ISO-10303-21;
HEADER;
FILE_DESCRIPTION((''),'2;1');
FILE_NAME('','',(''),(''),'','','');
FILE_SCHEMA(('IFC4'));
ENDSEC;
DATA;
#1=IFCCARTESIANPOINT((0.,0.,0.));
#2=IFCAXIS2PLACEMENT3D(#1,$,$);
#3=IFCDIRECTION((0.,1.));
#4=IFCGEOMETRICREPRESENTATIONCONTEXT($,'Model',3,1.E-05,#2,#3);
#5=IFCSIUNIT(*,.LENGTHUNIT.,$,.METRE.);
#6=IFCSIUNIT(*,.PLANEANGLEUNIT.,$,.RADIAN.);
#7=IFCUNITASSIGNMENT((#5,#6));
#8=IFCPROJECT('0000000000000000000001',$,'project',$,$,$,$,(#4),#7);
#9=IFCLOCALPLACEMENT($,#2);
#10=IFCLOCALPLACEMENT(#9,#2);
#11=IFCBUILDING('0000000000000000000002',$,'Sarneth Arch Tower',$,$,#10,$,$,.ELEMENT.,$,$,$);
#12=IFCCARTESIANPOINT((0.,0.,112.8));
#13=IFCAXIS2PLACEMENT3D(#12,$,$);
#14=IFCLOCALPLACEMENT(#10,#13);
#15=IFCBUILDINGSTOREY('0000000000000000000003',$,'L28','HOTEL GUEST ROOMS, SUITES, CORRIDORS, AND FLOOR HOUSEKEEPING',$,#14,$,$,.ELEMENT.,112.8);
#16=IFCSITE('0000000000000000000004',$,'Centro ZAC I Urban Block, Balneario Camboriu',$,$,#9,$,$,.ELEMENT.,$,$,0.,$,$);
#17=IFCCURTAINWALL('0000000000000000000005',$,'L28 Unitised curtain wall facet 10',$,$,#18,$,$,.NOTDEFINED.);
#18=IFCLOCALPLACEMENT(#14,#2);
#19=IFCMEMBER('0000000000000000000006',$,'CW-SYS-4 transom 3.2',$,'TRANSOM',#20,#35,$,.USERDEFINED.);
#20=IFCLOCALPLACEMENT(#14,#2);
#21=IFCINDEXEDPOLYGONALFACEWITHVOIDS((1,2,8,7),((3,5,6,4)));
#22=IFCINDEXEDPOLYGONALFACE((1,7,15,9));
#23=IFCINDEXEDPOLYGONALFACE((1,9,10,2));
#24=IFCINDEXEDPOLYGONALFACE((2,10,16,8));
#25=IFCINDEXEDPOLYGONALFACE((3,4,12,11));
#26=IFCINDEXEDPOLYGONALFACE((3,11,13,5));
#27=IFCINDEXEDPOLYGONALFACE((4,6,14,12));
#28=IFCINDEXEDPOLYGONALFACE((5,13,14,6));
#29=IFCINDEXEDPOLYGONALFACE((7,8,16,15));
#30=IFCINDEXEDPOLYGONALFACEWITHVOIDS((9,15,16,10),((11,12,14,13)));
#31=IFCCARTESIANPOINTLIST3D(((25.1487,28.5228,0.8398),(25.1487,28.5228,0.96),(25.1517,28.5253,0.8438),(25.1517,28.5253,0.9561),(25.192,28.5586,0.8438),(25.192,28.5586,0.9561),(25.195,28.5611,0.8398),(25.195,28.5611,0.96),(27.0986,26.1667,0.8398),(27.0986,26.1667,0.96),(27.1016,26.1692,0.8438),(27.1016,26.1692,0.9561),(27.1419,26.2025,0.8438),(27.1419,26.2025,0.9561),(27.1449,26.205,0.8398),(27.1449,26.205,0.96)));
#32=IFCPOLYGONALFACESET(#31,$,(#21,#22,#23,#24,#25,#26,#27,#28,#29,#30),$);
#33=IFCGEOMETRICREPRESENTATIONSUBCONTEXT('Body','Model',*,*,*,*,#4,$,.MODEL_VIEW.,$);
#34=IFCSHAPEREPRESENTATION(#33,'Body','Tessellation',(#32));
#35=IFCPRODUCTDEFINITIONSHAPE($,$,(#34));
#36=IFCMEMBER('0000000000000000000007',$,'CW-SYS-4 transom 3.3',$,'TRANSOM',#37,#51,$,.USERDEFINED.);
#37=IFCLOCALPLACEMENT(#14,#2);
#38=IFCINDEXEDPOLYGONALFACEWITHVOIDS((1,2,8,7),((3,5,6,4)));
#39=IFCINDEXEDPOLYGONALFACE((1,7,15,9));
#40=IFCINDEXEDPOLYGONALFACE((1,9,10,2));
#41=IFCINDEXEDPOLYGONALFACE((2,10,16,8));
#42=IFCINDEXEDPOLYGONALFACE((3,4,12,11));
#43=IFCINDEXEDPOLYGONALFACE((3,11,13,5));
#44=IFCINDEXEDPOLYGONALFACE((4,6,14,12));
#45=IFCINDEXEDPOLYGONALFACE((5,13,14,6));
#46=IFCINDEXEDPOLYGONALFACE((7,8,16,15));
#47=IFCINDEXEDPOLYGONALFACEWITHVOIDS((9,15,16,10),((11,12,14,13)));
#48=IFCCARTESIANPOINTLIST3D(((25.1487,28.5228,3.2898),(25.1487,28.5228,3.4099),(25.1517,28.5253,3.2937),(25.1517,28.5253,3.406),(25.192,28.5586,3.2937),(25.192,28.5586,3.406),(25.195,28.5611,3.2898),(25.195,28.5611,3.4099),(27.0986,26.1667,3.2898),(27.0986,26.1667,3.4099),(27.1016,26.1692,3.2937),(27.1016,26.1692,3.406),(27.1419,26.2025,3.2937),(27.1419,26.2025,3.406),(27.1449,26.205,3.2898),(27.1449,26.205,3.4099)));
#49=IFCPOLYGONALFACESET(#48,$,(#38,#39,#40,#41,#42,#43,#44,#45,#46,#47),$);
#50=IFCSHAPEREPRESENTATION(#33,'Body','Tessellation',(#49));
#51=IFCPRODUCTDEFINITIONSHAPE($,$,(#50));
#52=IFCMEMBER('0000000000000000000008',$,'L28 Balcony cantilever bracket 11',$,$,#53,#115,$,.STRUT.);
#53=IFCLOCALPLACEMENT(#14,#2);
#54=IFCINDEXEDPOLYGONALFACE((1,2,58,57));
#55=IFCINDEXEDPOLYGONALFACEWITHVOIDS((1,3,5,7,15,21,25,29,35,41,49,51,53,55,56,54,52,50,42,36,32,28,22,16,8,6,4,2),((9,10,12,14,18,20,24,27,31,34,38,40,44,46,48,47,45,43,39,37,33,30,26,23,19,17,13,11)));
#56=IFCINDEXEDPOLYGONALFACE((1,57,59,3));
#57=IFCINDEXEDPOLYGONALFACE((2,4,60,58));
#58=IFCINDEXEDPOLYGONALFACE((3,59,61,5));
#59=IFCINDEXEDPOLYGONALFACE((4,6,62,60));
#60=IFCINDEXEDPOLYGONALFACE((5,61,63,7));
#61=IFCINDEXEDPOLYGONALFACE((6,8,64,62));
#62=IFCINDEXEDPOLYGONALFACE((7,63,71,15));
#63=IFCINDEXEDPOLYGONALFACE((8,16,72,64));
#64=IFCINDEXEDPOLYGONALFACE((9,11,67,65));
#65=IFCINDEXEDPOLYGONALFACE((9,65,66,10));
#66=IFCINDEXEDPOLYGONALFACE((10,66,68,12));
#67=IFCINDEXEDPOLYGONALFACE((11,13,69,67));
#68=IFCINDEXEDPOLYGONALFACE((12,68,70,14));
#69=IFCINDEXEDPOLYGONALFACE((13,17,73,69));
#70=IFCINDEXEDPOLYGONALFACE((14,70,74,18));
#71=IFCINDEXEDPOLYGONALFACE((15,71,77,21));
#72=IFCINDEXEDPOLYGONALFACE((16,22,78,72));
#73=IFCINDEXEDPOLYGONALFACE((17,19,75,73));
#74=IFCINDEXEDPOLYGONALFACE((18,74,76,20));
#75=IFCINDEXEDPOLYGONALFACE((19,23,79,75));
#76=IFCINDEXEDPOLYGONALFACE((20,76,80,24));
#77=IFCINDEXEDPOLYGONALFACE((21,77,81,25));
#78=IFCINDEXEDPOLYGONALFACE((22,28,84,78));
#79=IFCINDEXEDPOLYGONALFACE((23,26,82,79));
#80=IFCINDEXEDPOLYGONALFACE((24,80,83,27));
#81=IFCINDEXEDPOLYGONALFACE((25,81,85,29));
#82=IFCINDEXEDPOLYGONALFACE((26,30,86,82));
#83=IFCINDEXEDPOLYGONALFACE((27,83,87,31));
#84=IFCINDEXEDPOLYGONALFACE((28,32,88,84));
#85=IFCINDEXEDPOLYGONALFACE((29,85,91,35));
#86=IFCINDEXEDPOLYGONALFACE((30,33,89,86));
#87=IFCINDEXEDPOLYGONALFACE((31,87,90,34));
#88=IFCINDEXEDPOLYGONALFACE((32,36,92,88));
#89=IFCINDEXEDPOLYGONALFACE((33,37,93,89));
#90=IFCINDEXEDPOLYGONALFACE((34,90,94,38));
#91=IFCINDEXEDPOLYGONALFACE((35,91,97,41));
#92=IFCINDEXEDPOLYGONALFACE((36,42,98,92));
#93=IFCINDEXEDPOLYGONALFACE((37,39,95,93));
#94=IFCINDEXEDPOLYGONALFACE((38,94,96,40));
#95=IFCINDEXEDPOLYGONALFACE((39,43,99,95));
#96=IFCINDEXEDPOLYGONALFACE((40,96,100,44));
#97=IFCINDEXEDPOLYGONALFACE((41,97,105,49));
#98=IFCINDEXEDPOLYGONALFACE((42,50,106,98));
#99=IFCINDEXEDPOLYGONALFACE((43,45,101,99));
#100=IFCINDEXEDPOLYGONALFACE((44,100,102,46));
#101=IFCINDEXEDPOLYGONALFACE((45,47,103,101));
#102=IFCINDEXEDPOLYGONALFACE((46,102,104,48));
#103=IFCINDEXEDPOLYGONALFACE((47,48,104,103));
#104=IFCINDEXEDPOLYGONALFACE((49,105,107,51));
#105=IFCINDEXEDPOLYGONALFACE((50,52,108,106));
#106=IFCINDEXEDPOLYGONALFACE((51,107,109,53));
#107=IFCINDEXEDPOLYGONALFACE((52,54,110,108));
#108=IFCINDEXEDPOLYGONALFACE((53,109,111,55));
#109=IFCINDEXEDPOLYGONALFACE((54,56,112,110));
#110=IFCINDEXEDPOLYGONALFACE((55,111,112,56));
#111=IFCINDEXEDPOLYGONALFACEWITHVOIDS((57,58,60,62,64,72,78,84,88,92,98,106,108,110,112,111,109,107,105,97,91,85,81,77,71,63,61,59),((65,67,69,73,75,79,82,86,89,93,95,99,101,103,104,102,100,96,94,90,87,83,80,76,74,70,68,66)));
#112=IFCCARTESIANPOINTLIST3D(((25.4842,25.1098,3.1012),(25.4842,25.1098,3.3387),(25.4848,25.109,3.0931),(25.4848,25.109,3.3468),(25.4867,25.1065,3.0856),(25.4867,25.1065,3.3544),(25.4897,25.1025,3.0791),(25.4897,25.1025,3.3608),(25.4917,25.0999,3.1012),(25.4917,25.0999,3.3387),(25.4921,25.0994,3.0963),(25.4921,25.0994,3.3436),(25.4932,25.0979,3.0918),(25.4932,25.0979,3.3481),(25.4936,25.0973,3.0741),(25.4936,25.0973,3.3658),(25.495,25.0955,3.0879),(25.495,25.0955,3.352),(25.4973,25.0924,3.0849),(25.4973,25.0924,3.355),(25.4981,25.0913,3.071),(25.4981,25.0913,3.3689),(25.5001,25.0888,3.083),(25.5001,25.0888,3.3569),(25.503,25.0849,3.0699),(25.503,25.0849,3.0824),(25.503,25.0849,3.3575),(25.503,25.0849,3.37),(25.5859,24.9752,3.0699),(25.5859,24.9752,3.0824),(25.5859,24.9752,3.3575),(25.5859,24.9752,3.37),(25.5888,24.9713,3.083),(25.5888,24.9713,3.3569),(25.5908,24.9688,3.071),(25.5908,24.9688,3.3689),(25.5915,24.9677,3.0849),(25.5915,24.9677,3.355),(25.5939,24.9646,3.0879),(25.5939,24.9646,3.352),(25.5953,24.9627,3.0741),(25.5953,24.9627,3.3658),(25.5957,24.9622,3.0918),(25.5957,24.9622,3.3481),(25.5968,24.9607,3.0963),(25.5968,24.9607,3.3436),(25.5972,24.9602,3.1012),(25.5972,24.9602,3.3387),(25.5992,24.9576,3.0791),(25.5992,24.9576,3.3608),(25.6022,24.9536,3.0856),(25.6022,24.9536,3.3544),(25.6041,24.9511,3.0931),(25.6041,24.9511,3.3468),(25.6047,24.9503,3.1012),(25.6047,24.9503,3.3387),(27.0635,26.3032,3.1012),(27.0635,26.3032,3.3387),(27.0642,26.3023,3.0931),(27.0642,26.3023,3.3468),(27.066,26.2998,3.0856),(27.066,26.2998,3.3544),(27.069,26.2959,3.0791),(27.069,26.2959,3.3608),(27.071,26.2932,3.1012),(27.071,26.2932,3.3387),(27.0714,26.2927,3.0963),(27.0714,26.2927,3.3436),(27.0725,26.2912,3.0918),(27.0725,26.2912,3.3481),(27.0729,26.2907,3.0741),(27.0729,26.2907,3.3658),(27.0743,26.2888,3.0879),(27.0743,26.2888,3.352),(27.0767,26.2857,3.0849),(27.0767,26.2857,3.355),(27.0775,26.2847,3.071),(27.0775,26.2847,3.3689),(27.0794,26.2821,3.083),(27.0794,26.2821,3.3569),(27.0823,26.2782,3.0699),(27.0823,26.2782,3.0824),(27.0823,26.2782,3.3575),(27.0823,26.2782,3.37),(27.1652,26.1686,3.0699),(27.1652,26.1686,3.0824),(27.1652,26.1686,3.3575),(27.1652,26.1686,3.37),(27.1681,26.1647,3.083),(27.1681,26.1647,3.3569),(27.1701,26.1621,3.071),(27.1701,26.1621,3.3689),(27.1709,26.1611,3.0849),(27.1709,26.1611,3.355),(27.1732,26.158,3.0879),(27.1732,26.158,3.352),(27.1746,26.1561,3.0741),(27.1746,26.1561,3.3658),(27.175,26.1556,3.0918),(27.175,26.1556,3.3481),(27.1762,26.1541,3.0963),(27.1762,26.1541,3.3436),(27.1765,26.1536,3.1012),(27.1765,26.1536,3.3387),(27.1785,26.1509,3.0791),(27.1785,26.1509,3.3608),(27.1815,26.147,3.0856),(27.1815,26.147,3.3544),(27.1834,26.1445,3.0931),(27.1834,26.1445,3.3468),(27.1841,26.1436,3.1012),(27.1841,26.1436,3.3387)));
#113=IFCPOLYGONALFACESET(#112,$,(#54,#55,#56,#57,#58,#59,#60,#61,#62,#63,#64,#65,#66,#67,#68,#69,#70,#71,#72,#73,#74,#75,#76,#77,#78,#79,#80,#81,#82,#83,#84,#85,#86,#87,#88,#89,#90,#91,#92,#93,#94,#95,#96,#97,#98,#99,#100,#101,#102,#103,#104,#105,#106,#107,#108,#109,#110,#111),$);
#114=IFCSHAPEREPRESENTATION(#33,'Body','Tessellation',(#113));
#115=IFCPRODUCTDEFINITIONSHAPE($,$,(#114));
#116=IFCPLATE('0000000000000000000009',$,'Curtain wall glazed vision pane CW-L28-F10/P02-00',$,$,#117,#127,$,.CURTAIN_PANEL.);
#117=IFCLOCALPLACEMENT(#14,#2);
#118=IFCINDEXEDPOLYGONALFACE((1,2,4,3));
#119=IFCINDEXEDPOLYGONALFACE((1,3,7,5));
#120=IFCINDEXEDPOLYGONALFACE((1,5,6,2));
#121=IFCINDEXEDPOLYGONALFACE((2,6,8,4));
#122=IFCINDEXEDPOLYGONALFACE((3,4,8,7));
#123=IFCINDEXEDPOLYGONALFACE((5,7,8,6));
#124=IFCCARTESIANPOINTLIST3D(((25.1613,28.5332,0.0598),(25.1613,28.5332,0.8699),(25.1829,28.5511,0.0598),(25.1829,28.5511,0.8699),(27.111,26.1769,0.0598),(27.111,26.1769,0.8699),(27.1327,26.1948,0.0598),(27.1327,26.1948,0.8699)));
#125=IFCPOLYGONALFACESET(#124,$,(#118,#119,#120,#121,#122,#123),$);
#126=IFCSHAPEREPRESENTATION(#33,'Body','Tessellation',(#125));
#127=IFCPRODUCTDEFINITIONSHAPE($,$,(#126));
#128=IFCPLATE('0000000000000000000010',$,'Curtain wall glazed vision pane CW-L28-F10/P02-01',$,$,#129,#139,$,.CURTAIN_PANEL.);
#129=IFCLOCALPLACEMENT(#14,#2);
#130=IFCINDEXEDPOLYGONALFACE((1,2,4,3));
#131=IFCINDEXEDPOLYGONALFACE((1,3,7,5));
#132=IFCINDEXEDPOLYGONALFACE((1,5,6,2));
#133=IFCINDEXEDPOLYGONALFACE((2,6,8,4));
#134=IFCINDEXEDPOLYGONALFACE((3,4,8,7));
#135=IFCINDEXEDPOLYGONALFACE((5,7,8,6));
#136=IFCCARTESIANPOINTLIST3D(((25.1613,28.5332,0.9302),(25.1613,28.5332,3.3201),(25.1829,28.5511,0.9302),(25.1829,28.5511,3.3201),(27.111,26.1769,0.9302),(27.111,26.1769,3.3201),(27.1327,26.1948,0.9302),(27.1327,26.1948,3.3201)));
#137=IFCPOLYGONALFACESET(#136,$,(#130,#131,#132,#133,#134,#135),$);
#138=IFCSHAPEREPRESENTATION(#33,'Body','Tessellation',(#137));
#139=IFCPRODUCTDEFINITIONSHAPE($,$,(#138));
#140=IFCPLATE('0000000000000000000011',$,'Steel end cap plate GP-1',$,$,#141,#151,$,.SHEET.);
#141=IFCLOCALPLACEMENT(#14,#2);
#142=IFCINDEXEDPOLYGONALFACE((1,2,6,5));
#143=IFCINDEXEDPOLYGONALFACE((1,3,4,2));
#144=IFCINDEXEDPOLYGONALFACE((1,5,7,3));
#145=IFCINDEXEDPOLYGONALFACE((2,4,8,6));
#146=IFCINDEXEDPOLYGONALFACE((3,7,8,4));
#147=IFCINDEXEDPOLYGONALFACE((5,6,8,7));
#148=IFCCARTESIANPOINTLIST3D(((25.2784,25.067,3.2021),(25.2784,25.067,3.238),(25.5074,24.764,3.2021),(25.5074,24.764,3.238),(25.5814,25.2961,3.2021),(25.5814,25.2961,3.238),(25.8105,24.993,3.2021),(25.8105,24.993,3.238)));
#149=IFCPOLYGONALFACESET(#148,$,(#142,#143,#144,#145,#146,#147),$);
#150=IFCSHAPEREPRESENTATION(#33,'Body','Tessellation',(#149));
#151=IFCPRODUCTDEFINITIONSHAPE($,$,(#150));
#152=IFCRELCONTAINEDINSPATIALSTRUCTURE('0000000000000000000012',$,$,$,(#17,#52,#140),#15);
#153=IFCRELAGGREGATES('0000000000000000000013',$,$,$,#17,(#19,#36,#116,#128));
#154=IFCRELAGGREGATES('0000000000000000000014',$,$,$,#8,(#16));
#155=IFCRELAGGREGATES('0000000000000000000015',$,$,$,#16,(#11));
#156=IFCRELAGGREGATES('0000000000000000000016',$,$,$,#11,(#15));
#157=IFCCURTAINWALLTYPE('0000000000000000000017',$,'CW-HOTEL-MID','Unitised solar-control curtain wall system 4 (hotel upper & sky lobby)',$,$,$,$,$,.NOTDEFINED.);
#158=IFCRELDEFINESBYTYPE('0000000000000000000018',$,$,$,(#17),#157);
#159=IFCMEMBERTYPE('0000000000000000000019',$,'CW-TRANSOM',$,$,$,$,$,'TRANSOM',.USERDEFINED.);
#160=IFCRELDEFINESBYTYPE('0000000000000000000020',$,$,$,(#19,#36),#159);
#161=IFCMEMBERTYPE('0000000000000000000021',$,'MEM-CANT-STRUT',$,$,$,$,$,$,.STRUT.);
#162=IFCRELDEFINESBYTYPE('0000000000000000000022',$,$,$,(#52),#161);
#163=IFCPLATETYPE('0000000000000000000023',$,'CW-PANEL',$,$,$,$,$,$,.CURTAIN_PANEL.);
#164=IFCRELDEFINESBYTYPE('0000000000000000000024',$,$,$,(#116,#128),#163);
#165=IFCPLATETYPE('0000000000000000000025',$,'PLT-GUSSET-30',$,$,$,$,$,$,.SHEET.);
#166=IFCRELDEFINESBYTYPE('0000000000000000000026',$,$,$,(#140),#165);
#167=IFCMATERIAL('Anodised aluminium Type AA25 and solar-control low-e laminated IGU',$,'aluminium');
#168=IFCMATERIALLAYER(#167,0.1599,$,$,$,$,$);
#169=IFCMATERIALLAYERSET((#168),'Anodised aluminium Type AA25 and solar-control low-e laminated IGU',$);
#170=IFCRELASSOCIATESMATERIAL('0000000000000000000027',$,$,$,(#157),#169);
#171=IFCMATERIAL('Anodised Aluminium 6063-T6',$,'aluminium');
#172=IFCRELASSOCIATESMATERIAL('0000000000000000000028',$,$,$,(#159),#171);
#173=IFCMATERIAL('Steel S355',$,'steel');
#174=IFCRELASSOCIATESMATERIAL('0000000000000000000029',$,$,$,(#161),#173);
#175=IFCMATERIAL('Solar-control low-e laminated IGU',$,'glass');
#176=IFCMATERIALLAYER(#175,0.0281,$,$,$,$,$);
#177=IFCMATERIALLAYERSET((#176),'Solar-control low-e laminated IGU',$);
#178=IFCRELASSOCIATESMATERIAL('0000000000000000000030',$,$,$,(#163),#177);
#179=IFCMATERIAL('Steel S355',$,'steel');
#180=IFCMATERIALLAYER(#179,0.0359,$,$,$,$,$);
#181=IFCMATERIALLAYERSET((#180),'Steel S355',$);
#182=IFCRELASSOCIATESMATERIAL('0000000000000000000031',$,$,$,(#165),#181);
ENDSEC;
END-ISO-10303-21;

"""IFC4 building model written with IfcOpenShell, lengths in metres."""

from ifc_helpers import new_model, si_unit, direction, frame, origin, origin_2d, place, context, subcontext, project, spatial, rectangle, hollow_rectangle, extrude, material, layer, layer_set, material_profile, profile_set, type_object, element, aggregate, save


model = new_model("IFC4")

# Units and contexts
model_context = context("Model", 3, precision=1e-05, world=origin(), true_north=direction((0.0, 1.0)))
body_context = subcontext(model_context, "Body", "Model", "MODEL_VIEW")
ifc_project = project(units=[si_unit("LENGTHUNIT", "METRE"), si_unit("PLANEANGLEUNIT", "RADIAN")], contexts=[model_context])

# Site, building, storey
site_placement = place(None, origin())
site = spatial("IfcSite", under=ifc_project, at=site_placement, Name="Centro ZAC I Urban Block, Balneario Camboriu", CompositionType="ELEMENT", RefElevation=0.0)
building_placement = place(site_placement, origin())
building = spatial("IfcBuilding", under=site, at=building_placement, Name="Sarneth Arch Tower", CompositionType="ELEMENT")
storey_placement = place(building_placement, frame((0.0, 0.0, 112.8)))
storey = spatial("IfcBuildingStorey", under=building, at=storey_placement, Name="L28", Description="HOTEL GUEST ROOMS, SUITES, CORRIDORS, AND FLOOR HOUSEKEEPING", CompositionType="ELEMENT", Elevation=112.8)

# Curtain wall, members
ifc_material_1 = material(Name="Anodised aluminium Type AA25 and solar-control low-e laminated IGU", Category="aluminium")
ifc_layer_1 = layer(ifc_material_1, 0.1599)
ifc_layer_set_1 = layer_set([ifc_layer_1], Name="Anodised aluminium Type AA25 and solar-control low-e laminated IGU")
curtain_wall_type = type_object("IfcCurtainWallType", Name="CW-HOTEL-MID", Description="Unitised solar-control curtain wall system 4 (hotel upper & sky lobby)", PredefinedType="NOTDEFINED", material=ifc_layer_set_1)
curtain_wall_placement = place(storey_placement, origin())
curtain_wall = element("IfcCurtainWall", 1, at=curtain_wall_placement, inside=storey, type_object=curtain_wall_type, Name="L28 Unitised curtain wall facet 10", PredefinedType="NOTDEFINED")
ifc_material_2 = material(Name="Anodised Aluminium 6063-T6", Category="aluminium")
ifc_material_profile_1 = material_profile(ifc_material_2, hollow_rectangle(XDim=0.0601, YDim=0.1201, WallThickness=0.0039, at=origin_2d()), Name="AL-TRAN-120x60x4")
ifc_profile_set_1 = profile_set([ifc_material_profile_1], Name="Anodised Aluminium 6063-T6")
member_type_1 = type_object("IfcMemberType", Name="CW-TRANSOM", ElementType="TRANSOM", PredefinedType="USERDEFINED", material=ifc_profile_set_1)
member_1_placement = place(storey_placement, frame((25.1719, 28.542, 0.8999), z_axis=(0.637566, -0.770396, 0.0), x_axis=(0.770396, 0.637566, 0.0)))
member_1 = element("IfcMember", 2, at=member_1_placement, type_object=member_type_1, Name="CW-SYS-4 transom 3.2", ObjectType="TRANSOM", PredefinedType="USERDEFINED", context=body_context, shape_type="SweptSolid", body=[
    extrude(hollow_rectangle(XDim=0.0601, YDim=0.1201, WallThickness=0.0039, at=origin_2d()), origin(), (0.0, 0.0, 1.0), 3.0583),
])
member_2_placement = place(storey_placement, frame((25.1719, 28.542, 3.3499), z_axis=(0.637566, -0.770396, 0.0), x_axis=(0.770396, 0.637566, 0.0)))
member_2 = element("IfcMember", 3, at=member_2_placement, type_object=member_type_1, Name="CW-SYS-4 transom 3.3", ObjectType="TRANSOM", PredefinedType="USERDEFINED", context=body_context, shape_type="SweptSolid", body=[
    extrude(hollow_rectangle(XDim=0.0601, YDim=0.1201, WallThickness=0.0039, at=origin_2d()), origin(), (0.0, 0.0, 1.0), 3.0583),
])

# Member
ifc_material_3 = material(Name="Steel S355", Category="steel")
ifc_material_profile_2 = material_profile(ifc_material_3, hollow_rectangle(XDim=0.2, YDim=0.3, WallThickness=0.0125, InnerFilletRadius=0.0188, OuterFilletRadius=0.0312, at=origin_2d()), Name="RHS300x200x12.5")
ifc_profile_set_2 = profile_set([ifc_material_profile_2], Name="Steel S355")
member_type_2 = type_object("IfcMemberType", Name="MEM-CANT-STRUT", PredefinedType="STRUT", material=ifc_profile_set_2)
member_3_placement = place(storey_placement, frame((27.1238, 26.2234, 3.22), z_axis=(-0.797849, -0.602858, 0.0), x_axis=(0.602858, -0.797849, 0.0)))
element("IfcMember", 4, at=member_3_placement, inside=storey, type_object=member_type_2, Name="L28 Balcony cantilever bracket 11", PredefinedType="STRUT", context=body_context, shape_type="SweptSolid", body=[
    extrude(hollow_rectangle(XDim=0.2, YDim=0.3, WallThickness=0.0125, InnerFilletRadius=0.0188, OuterFilletRadius=0.0312, at=origin_2d()), origin(), (0.0, 0.0, 1.0), 1.9795),
])

# Plates
ifc_material_4 = material(Name="Solar-control low-e laminated IGU", Category="glass")
ifc_layer_2 = layer(ifc_material_4, 0.0281)
ifc_layer_set_2 = layer_set([ifc_layer_2], Name="Solar-control low-e laminated IGU")
plate_type_1 = type_object("IfcPlateType", Name="CW-PANEL", PredefinedType="CURTAIN_PANEL", material=ifc_layer_set_2)
plate_1_placement = place(storey_placement, frame((26.147, 27.364, 0.0598), z_axis=(0.0, 0.0, 1.0), x_axis=(0.637515, -0.770438, 0.0)))
plate_1 = element("IfcPlate", 5, at=plate_1_placement, type_object=plate_type_1, Name="Curtain wall glazed vision pane CW-L28-F10/P02-00", PredefinedType="CURTAIN_PANEL", context=body_context, shape_type="SweptSolid", body=[
    extrude(rectangle(XDim=3.0583, YDim=0.0281, at=origin_2d()), origin(), (0.0, 0.0, 1.0), 0.8101),
])
plate_2_placement = place(storey_placement, frame((26.147, 27.364, 0.9302), z_axis=(0.0, 0.0, 1.0), x_axis=(0.637515, -0.770438, 0.0)))
plate_2 = element("IfcPlate", 6, at=plate_2_placement, type_object=plate_type_1, Name="Curtain wall glazed vision pane CW-L28-F10/P02-01", PredefinedType="CURTAIN_PANEL", context=body_context, shape_type="SweptSolid", body=[
    extrude(rectangle(XDim=3.0583, YDim=0.0281, at=origin_2d()), origin(), (0.0, 0.0, 1.0), 2.3899),
])
aggregate(curtain_wall, [member_1, member_2, plate_1, plate_2])
ifc_material_5 = material(Name="Steel S355", Category="steel")
ifc_layer_3 = layer(ifc_material_5, 0.0359)
ifc_layer_set_3 = layer_set([ifc_layer_3], Name="Steel S355")
plate_type_2 = type_object("IfcPlateType", Name="PLT-GUSSET-30", PredefinedType="SHEET", material=ifc_layer_set_3)
plate_3_placement = place(storey_placement, frame((25.5444, 25.03, 3.2021), z_axis=(0.0, 0.0, 1.0), x_axis=(-0.797794, -0.60293, 0.0)))
element("IfcPlate", 7, at=plate_3_placement, inside=storey, type_object=plate_type_2, Name="Steel end cap plate GP-1", PredefinedType="SHEET", context=body_context, shape_type="SweptSolid", body=[
    extrude(rectangle(XDim=0.3799, YDim=0.3799, at=origin_2d()), origin(), (0.0, 0.0, 1.0), 0.0359),
])

save(model, "model.ifc")
